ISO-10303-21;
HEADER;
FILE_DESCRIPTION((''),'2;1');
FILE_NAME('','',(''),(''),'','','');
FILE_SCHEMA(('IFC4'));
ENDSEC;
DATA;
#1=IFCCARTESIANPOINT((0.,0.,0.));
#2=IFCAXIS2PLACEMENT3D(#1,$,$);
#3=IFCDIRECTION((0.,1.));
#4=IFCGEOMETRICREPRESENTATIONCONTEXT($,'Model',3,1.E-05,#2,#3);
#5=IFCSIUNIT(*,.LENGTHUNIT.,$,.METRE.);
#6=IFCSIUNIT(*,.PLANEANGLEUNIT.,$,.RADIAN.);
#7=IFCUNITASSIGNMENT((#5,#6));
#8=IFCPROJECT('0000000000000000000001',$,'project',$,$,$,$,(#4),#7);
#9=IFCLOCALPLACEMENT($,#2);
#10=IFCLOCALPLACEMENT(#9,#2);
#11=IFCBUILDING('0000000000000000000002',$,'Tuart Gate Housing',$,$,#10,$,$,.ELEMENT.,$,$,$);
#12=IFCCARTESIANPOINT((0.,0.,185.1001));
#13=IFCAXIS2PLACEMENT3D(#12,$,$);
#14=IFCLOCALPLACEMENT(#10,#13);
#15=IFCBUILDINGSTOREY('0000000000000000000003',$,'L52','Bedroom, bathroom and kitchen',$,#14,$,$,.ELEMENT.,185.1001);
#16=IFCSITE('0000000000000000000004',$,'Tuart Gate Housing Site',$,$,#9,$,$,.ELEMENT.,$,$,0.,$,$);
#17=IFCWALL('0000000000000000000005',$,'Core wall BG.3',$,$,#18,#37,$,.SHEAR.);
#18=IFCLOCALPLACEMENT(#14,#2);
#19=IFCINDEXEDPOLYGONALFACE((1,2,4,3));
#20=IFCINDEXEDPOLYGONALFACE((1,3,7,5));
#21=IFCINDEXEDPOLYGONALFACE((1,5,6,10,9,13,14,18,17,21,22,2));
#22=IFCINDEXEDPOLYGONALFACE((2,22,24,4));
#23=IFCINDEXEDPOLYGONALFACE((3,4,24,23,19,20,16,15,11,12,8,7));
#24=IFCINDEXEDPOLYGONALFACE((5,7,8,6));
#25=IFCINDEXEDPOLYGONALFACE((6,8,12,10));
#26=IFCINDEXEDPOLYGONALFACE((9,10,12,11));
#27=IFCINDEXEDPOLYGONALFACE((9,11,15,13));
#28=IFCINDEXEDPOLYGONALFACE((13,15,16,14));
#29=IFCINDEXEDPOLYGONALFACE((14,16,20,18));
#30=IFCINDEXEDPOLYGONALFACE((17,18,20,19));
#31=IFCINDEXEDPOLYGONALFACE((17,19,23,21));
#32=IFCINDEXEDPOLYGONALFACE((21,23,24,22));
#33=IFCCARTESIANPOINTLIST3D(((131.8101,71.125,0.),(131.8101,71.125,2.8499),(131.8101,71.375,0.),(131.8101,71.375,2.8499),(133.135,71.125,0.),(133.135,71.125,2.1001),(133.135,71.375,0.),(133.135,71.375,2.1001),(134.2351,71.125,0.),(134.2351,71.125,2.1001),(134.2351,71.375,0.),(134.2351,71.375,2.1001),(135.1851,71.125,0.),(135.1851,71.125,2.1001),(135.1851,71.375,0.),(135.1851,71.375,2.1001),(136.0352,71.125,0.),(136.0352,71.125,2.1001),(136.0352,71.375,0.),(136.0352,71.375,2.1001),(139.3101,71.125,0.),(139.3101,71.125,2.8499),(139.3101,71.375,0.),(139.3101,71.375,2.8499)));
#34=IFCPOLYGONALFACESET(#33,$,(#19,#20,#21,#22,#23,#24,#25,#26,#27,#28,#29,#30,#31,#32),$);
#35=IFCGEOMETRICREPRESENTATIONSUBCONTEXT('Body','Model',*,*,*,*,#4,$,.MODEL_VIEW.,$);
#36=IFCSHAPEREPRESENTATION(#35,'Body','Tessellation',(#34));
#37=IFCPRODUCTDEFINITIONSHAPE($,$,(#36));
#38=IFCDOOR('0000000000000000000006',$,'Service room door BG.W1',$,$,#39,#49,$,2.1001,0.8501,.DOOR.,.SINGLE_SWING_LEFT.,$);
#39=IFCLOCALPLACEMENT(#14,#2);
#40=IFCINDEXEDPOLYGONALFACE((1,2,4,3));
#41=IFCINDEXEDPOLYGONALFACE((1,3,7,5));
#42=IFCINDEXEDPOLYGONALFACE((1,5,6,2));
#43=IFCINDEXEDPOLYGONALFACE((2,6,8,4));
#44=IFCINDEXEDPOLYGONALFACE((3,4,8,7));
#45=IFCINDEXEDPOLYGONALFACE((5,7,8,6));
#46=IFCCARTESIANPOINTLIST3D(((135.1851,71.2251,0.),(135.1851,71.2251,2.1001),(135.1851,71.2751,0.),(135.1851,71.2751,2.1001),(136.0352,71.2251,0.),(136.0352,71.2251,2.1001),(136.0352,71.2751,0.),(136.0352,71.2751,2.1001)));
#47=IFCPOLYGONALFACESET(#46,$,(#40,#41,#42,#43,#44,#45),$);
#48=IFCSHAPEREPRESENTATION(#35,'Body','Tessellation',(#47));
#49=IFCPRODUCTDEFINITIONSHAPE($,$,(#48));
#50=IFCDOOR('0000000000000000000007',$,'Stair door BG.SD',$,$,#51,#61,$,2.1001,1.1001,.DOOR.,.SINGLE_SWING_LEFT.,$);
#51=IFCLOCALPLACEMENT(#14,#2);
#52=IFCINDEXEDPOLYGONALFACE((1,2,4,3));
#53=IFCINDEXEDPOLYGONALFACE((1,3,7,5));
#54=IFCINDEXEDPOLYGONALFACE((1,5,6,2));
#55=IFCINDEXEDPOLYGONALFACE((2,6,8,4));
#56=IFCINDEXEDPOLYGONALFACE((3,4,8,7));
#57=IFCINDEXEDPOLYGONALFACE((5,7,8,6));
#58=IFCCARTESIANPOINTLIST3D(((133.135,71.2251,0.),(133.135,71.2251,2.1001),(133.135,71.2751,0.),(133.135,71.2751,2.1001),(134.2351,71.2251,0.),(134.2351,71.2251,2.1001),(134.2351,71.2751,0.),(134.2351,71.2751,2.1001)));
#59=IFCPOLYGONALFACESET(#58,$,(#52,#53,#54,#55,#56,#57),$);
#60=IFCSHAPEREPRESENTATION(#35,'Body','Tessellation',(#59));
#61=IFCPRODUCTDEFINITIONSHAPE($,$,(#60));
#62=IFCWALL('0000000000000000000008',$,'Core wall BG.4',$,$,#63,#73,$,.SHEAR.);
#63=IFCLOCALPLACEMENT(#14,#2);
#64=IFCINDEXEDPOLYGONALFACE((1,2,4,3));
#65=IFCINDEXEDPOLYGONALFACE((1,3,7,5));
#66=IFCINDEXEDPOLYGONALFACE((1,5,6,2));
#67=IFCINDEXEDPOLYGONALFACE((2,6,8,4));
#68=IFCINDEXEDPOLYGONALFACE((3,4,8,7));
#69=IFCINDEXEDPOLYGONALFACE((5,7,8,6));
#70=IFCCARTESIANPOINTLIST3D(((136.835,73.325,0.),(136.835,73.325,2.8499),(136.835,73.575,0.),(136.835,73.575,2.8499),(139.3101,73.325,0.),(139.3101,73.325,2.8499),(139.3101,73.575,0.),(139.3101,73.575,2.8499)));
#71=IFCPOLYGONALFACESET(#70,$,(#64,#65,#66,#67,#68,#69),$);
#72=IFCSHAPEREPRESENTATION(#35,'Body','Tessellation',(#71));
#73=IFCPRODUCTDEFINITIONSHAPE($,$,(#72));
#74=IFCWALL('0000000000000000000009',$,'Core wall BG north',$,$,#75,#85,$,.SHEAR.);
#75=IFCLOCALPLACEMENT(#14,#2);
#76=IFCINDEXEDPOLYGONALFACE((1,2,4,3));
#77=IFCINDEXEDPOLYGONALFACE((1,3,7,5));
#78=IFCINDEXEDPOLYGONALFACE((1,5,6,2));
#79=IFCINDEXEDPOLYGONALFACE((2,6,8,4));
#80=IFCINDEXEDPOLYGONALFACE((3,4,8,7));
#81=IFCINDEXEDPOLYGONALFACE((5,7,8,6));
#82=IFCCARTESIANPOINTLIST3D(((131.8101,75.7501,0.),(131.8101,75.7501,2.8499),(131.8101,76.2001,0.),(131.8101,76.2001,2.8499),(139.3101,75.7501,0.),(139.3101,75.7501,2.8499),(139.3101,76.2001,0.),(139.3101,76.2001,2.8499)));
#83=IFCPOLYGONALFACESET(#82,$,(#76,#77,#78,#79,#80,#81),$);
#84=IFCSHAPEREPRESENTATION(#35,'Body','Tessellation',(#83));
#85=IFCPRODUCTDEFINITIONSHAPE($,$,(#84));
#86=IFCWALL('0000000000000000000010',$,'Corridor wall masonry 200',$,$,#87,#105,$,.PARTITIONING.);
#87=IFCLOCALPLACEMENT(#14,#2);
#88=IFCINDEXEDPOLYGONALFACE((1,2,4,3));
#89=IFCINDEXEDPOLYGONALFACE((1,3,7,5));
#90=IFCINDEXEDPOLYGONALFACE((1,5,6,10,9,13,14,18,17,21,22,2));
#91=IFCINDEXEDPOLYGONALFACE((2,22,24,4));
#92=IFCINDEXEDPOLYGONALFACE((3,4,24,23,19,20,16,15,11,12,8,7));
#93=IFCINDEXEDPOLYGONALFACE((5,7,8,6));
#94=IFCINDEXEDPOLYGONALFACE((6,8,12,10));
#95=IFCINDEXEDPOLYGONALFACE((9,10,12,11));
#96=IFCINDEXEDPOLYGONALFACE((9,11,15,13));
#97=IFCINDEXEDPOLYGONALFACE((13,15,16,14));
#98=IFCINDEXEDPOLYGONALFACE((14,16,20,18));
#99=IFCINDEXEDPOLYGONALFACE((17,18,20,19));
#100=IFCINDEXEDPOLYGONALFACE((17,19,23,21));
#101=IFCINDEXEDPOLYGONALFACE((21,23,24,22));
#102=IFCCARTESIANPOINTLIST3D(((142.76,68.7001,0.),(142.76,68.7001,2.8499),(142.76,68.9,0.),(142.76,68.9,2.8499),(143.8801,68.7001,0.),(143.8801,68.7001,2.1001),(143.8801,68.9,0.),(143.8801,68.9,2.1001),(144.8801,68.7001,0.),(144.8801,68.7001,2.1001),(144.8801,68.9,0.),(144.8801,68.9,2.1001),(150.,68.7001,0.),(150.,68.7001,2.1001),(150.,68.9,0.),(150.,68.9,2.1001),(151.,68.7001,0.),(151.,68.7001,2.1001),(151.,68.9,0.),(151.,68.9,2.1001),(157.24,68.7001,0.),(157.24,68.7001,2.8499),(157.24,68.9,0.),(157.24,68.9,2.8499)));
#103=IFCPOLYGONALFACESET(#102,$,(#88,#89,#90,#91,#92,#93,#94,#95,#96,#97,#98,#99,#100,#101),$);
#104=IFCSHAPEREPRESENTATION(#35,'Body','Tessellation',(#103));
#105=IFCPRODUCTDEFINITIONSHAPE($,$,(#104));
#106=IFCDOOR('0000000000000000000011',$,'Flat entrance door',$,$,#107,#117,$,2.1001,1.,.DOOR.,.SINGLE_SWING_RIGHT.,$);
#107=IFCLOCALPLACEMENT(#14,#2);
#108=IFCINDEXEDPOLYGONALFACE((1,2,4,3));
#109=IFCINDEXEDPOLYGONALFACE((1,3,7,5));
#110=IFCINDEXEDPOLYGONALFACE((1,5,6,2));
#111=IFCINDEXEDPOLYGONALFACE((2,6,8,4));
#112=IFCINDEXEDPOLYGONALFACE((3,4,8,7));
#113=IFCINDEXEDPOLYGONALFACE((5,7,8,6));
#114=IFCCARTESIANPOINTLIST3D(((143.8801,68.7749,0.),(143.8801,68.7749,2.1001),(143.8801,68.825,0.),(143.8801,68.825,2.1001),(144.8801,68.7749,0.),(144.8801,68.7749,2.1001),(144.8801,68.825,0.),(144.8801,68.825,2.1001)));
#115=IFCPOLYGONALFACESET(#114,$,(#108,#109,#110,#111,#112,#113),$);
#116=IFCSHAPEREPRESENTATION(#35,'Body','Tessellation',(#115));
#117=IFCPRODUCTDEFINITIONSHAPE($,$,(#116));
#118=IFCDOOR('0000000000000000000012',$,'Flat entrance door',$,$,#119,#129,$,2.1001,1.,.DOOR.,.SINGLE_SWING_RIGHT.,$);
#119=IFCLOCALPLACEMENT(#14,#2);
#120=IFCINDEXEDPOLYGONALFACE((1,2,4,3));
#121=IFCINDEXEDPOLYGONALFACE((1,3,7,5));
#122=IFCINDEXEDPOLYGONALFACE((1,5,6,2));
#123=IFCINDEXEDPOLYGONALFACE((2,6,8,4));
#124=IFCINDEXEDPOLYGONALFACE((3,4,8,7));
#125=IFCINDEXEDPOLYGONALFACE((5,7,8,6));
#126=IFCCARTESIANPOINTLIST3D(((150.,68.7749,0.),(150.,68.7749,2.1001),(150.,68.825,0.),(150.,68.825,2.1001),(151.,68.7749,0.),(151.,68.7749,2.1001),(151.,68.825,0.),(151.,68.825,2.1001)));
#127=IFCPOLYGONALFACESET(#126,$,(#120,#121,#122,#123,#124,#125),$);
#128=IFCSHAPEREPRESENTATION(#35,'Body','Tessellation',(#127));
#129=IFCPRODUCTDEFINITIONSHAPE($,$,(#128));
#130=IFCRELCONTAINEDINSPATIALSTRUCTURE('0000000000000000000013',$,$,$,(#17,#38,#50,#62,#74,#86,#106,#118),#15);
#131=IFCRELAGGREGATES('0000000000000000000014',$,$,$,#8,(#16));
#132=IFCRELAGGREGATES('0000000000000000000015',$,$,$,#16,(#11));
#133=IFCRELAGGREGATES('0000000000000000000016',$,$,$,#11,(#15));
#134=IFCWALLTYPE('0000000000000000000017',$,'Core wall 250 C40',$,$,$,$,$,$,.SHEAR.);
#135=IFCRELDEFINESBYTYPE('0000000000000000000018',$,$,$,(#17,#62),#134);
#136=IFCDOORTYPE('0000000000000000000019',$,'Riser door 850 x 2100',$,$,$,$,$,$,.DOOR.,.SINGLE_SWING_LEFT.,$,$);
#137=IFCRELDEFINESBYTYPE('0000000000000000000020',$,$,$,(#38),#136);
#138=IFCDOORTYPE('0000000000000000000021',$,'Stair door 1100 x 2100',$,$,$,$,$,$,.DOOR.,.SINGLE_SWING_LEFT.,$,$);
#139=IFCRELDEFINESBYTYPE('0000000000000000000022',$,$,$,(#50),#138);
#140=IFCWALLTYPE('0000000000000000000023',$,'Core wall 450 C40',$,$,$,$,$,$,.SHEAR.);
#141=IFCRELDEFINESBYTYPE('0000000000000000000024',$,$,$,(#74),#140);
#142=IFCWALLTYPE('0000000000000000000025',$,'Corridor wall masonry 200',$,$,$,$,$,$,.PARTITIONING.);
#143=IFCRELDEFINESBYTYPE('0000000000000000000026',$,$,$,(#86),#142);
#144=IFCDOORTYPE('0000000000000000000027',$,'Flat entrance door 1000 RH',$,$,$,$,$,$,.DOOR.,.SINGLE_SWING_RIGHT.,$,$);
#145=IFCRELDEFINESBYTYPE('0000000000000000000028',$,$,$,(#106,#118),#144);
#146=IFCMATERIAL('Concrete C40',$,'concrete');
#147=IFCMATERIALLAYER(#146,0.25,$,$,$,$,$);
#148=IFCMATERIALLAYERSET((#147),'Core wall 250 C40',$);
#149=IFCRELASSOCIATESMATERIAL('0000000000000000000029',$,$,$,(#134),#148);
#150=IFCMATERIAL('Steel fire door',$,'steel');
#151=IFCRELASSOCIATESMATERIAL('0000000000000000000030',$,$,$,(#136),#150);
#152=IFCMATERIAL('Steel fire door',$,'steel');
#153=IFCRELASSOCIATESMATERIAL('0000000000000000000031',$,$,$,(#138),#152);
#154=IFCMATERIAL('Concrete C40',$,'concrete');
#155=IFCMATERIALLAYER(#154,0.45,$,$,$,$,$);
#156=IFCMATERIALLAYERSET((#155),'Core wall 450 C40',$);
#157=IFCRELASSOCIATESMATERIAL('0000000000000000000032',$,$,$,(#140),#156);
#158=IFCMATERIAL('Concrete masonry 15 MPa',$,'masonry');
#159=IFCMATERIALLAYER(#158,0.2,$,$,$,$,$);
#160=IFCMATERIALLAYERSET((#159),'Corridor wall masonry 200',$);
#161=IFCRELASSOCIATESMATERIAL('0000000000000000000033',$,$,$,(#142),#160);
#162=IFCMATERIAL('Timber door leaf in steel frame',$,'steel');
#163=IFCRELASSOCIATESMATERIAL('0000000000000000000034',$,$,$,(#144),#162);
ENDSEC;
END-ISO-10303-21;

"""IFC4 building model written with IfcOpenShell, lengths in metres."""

from ifc_helpers import new_model, si_unit, direction, frame, frame_2d, origin, place, context, subcontext, project, spatial, rectangle, extrude, material, layer, layer_set, type_object, element, fill, save


model = new_model("IFC4")

# Units and contexts
model_context = context("Model", 3, precision=1e-05, world=origin(), true_north=direction((0.0, 1.0)))
body_context = subcontext(model_context, "Body", "Model", "MODEL_VIEW")
ifc_project = project(units=[si_unit("LENGTHUNIT", "METRE"), si_unit("PLANEANGLEUNIT", "RADIAN")], contexts=[model_context])

# Site, building, storey
site_placement = place(None, origin())
site = spatial("IfcSite", under=ifc_project, at=site_placement, Name="Tuart Gate Housing Site", CompositionType="ELEMENT", RefElevation=0.0)
building_placement = place(site_placement, origin())
building = spatial("IfcBuilding", under=site, at=building_placement, Name="Tuart Gate Housing", CompositionType="ELEMENT")
storey_placement = place(building_placement, frame((0.0, 0.0, 185.1001)))
storey = spatial("IfcBuildingStorey", under=building, at=storey_placement, Name="L52", Description="Bedroom, bathroom and kitchen", CompositionType="ELEMENT", Elevation=185.1001)

# Wall, openings, doors
ifc_material_1 = material(Name="Concrete C40", Category="concrete")
ifc_layer_1 = layer(ifc_material_1, 0.25)
ifc_layer_set_1 = layer_set([ifc_layer_1], Name="Core wall 250 C40")
wall_type_1 = type_object("IfcWallType", Name="Core wall 250 C40", PredefinedType="SHEAR", material=ifc_layer_set_1)
wall_1_placement = place(storey_placement, frame((139.3101, 71.25, 0.0), z_axis=(0.0, 0.0, 1.0), x_axis=(-1.0, 0.0, 0.0)))
wall_1 = element("IfcWall", 1, at=wall_1_placement, inside=storey, type_object=wall_type_1, Name="Core wall BG.3", PredefinedType="SHEAR", context=body_context, shape_type="SweptSolid", body=[
    extrude(rectangle(XDim=7.5, YDim=0.25, at=frame_2d((3.75, 0.0))), origin(), (0.0, 0.0, 1.0), 2.8499),
])
opening_1_placement = place(wall_1_placement, frame((5.075, 0.0, 0.0)))
opening_1 = element("IfcOpeningElement", 2, at=opening_1_placement, cuts=wall_1, PredefinedType="OPENING", context=body_context, shape_type="SweptSolid", body=[
    extrude(rectangle(XDim=1.1001, YDim=2.1001, at=frame_2d((0.55, 1.05))), frame((0.0, 0.135, 0.0), z_axis=(0.0, -1.0, 0.0), x_axis=(1.0, 0.0, 0.0)), (0.0, 0.0, 1.0), 0.27),
])
opening_2_placement = place(wall_1_placement, frame((3.2749, 0.0, 0.0)))
opening_2 = element("IfcOpeningElement", 3, at=opening_2_placement, cuts=wall_1, PredefinedType="OPENING", context=body_context, shape_type="SweptSolid", body=[
    extrude(rectangle(XDim=0.8501, YDim=2.1001, at=frame_2d((0.425, 1.05))), frame((0.0, 0.135, 0.0), z_axis=(0.0, -1.0, 0.0), x_axis=(1.0, 0.0, 0.0)), (0.0, 0.0, 1.0), 0.27),
])
ifc_material_2 = material(Name="Steel fire door", Category="steel")
door_type_1 = type_object("IfcDoorType", Name="Riser door 850 x 2100", OperationType="SINGLE_SWING_LEFT", PredefinedType="DOOR", material=ifc_material_2)
door_1_placement = place(opening_2_placement, origin())
door_1 = element("IfcDoor", 4, at=door_1_placement, inside=storey, type_object=door_type_1, Name="Service room door BG.W1", OperationType="SINGLE_SWING_LEFT", OverallHeight=2.1001, OverallWidth=0.8501, PredefinedType="DOOR", context=body_context, shape_type="SweptSolid", body=[
    extrude(rectangle(XDim=0.8501, YDim=2.1001, at=frame_2d((0.425, 1.05))), frame((0.0, 0.0249, 0.0), z_axis=(0.0, -1.0, 0.0), x_axis=(1.0, 0.0, 0.0)), (0.0, 0.0, 1.0), 0.05),
])
fill(opening_2, door_1)
ifc_material_3 = material(Name="Steel fire door", Category="steel")
door_type_2 = type_object("IfcDoorType", Name="Stair door 1100 x 2100", OperationType="SINGLE_SWING_LEFT", PredefinedType="DOOR", material=ifc_material_3)
door_2_placement = place(opening_1_placement, origin())
door_2 = element("IfcDoor", 5, at=door_2_placement, inside=storey, type_object=door_type_2, Name="Stair door BG.SD", OperationType="SINGLE_SWING_LEFT", OverallHeight=2.1001, OverallWidth=1.1001, PredefinedType="DOOR", context=body_context, shape_type="SweptSolid", body=[
    extrude(rectangle(XDim=1.1001, YDim=2.1001, at=frame_2d((0.55, 1.05))), frame((0.0, 0.0249, 0.0), z_axis=(0.0, -1.0, 0.0), x_axis=(1.0, 0.0, 0.0)), (0.0, 0.0, 1.0), 0.05),
])
fill(opening_1, door_2)

# Walls
wall_2_placement = place(storey_placement, frame((139.3101, 73.45, 0.0), z_axis=(0.0, 0.0, 1.0), x_axis=(-1.0, 0.0, 0.0)))
element("IfcWall", 6, at=wall_2_placement, inside=storey, type_object=wall_type_1, Name="Core wall BG.4", PredefinedType="SHEAR", context=body_context, shape_type="SweptSolid", body=[
    extrude(rectangle(XDim=2.4751, YDim=0.25, at=frame_2d((1.2375, 0.0))), origin(), (0.0, 0.0, 1.0), 2.8499),
])
ifc_material_4 = material(Name="Concrete C40", Category="concrete")
ifc_layer_2 = layer(ifc_material_4, 0.45)
ifc_layer_set_2 = layer_set([ifc_layer_2], Name="Core wall 450 C40")
wall_type_2 = type_object("IfcWallType", Name="Core wall 450 C40", PredefinedType="SHEAR", material=ifc_layer_set_2)
wall_3_placement = place(storey_placement, frame((139.3101, 75.9751, 0.0), z_axis=(0.0, 0.0, 1.0), x_axis=(-1.0, 0.0, 0.0)))
element("IfcWall", 7, at=wall_3_placement, inside=storey, type_object=wall_type_2, Name="Core wall BG north", PredefinedType="SHEAR", context=body_context, shape_type="SweptSolid", body=[
    extrude(rectangle(XDim=7.5, YDim=0.45, at=frame_2d((3.75, 0.0))), origin(), (0.0, 0.0, 1.0), 2.8499),
])

# Wall, openings, doors
ifc_material_5 = material(Name="Concrete masonry 15 MPa", Category="masonry")
ifc_layer_3 = layer(ifc_material_5, 0.2)
ifc_layer_set_3 = layer_set([ifc_layer_3], Name="Corridor wall masonry 200")
wall_type_3 = type_object("IfcWallType", Name="Corridor wall masonry 200", PredefinedType="PARTITIONING", material=ifc_layer_set_3)
wall_4_placement = place(storey_placement, frame((142.76, 68.8, 0.0), z_axis=(0.0, 0.0, 1.0), x_axis=(1.0, 0.0, 0.0)))
wall_4 = element("IfcWall", 8, at=wall_4_placement, inside=storey, type_object=wall_type_3, Name="Corridor wall masonry 200", PredefinedType="PARTITIONING", context=body_context, shape_type="SweptSolid", body=[
    extrude(rectangle(XDim=14.48, YDim=0.2, at=frame_2d((7.24, 0.0))), origin(), (0.0, 0.0, 1.0), 2.8499),
])
opening_3_placement = place(wall_4_placement, frame((1.1201, 0.0, 0.0)))
opening_3 = element("IfcOpeningElement", 9, at=opening_3_placement, cuts=wall_4, PredefinedType="OPENING", context=body_context, shape_type="SweptSolid", body=[
    extrude(rectangle(XDim=1.0, YDim=2.1001, at=frame_2d((0.5, 1.05))), frame((0.0, 0.1099, 0.0), z_axis=(0.0, -1.0, 0.0), x_axis=(1.0, 0.0, 0.0)), (0.0, 0.0, 1.0), 0.22),
])
opening_4_placement = place(wall_4_placement, frame((7.24, 0.0, 0.0)))
opening_4 = element("IfcOpeningElement", 10, at=opening_4_placement, cuts=wall_4, PredefinedType="OPENING", context=body_context, shape_type="SweptSolid", body=[
    extrude(rectangle(XDim=1.0, YDim=2.1001, at=frame_2d((0.5, 1.05))), frame((0.0, 0.1099, 0.0), z_axis=(0.0, -1.0, 0.0), x_axis=(1.0, 0.0, 0.0)), (0.0, 0.0, 1.0), 0.22),
])
ifc_material_6 = material(Name="Timber door leaf in steel frame", Category="steel")
door_type_3 = type_object("IfcDoorType", Name="Flat entrance door 1000 RH", OperationType="SINGLE_SWING_RIGHT", PredefinedType="DOOR", material=ifc_material_6)
door_3_placement = place(opening_3_placement, frame((1.0, 0.0, 0.0), z_axis=(0.0, 0.0, 1.0), x_axis=(-1.0, 0.0, 0.0)))
door_3 = element("IfcDoor", 11, at=door_3_placement, inside=storey, type_object=door_type_3, Name="Flat entrance door", OperationType="SINGLE_SWING_RIGHT", OverallHeight=2.1001, OverallWidth=1.0, PredefinedType="DOOR", context=body_context, shape_type="SweptSolid", body=[
    extrude(rectangle(XDim=1.0, YDim=2.1001, at=frame_2d((0.5, 1.05))), frame((0.0, 0.0251, 0.0), z_axis=(0.0, -1.0, 0.0), x_axis=(1.0, 0.0, 0.0)), (0.0, 0.0, 1.0), 0.05),
])
fill(opening_3, door_3)
door_4_placement = place(opening_4_placement, frame((1.0, 0.0, 0.0), z_axis=(0.0, 0.0, 1.0), x_axis=(-1.0, 0.0, 0.0)))
door_4 = element("IfcDoor", 12, at=door_4_placement, inside=storey, type_object=door_type_3, Name="Flat entrance door", OperationType="SINGLE_SWING_RIGHT", OverallHeight=2.1001, OverallWidth=1.0, PredefinedType="DOOR", context=body_context, shape_type="SweptSolid", body=[
    extrude(rectangle(XDim=1.0, YDim=2.1001, at=frame_2d((0.5, 1.05))), frame((0.0, 0.0251, 0.0), z_axis=(0.0, -1.0, 0.0), x_axis=(1.0, 0.0, 0.0)), (0.0, 0.0, 1.0), 0.05),
])
fill(opening_4, door_4)

save(model, "model.ifc")
